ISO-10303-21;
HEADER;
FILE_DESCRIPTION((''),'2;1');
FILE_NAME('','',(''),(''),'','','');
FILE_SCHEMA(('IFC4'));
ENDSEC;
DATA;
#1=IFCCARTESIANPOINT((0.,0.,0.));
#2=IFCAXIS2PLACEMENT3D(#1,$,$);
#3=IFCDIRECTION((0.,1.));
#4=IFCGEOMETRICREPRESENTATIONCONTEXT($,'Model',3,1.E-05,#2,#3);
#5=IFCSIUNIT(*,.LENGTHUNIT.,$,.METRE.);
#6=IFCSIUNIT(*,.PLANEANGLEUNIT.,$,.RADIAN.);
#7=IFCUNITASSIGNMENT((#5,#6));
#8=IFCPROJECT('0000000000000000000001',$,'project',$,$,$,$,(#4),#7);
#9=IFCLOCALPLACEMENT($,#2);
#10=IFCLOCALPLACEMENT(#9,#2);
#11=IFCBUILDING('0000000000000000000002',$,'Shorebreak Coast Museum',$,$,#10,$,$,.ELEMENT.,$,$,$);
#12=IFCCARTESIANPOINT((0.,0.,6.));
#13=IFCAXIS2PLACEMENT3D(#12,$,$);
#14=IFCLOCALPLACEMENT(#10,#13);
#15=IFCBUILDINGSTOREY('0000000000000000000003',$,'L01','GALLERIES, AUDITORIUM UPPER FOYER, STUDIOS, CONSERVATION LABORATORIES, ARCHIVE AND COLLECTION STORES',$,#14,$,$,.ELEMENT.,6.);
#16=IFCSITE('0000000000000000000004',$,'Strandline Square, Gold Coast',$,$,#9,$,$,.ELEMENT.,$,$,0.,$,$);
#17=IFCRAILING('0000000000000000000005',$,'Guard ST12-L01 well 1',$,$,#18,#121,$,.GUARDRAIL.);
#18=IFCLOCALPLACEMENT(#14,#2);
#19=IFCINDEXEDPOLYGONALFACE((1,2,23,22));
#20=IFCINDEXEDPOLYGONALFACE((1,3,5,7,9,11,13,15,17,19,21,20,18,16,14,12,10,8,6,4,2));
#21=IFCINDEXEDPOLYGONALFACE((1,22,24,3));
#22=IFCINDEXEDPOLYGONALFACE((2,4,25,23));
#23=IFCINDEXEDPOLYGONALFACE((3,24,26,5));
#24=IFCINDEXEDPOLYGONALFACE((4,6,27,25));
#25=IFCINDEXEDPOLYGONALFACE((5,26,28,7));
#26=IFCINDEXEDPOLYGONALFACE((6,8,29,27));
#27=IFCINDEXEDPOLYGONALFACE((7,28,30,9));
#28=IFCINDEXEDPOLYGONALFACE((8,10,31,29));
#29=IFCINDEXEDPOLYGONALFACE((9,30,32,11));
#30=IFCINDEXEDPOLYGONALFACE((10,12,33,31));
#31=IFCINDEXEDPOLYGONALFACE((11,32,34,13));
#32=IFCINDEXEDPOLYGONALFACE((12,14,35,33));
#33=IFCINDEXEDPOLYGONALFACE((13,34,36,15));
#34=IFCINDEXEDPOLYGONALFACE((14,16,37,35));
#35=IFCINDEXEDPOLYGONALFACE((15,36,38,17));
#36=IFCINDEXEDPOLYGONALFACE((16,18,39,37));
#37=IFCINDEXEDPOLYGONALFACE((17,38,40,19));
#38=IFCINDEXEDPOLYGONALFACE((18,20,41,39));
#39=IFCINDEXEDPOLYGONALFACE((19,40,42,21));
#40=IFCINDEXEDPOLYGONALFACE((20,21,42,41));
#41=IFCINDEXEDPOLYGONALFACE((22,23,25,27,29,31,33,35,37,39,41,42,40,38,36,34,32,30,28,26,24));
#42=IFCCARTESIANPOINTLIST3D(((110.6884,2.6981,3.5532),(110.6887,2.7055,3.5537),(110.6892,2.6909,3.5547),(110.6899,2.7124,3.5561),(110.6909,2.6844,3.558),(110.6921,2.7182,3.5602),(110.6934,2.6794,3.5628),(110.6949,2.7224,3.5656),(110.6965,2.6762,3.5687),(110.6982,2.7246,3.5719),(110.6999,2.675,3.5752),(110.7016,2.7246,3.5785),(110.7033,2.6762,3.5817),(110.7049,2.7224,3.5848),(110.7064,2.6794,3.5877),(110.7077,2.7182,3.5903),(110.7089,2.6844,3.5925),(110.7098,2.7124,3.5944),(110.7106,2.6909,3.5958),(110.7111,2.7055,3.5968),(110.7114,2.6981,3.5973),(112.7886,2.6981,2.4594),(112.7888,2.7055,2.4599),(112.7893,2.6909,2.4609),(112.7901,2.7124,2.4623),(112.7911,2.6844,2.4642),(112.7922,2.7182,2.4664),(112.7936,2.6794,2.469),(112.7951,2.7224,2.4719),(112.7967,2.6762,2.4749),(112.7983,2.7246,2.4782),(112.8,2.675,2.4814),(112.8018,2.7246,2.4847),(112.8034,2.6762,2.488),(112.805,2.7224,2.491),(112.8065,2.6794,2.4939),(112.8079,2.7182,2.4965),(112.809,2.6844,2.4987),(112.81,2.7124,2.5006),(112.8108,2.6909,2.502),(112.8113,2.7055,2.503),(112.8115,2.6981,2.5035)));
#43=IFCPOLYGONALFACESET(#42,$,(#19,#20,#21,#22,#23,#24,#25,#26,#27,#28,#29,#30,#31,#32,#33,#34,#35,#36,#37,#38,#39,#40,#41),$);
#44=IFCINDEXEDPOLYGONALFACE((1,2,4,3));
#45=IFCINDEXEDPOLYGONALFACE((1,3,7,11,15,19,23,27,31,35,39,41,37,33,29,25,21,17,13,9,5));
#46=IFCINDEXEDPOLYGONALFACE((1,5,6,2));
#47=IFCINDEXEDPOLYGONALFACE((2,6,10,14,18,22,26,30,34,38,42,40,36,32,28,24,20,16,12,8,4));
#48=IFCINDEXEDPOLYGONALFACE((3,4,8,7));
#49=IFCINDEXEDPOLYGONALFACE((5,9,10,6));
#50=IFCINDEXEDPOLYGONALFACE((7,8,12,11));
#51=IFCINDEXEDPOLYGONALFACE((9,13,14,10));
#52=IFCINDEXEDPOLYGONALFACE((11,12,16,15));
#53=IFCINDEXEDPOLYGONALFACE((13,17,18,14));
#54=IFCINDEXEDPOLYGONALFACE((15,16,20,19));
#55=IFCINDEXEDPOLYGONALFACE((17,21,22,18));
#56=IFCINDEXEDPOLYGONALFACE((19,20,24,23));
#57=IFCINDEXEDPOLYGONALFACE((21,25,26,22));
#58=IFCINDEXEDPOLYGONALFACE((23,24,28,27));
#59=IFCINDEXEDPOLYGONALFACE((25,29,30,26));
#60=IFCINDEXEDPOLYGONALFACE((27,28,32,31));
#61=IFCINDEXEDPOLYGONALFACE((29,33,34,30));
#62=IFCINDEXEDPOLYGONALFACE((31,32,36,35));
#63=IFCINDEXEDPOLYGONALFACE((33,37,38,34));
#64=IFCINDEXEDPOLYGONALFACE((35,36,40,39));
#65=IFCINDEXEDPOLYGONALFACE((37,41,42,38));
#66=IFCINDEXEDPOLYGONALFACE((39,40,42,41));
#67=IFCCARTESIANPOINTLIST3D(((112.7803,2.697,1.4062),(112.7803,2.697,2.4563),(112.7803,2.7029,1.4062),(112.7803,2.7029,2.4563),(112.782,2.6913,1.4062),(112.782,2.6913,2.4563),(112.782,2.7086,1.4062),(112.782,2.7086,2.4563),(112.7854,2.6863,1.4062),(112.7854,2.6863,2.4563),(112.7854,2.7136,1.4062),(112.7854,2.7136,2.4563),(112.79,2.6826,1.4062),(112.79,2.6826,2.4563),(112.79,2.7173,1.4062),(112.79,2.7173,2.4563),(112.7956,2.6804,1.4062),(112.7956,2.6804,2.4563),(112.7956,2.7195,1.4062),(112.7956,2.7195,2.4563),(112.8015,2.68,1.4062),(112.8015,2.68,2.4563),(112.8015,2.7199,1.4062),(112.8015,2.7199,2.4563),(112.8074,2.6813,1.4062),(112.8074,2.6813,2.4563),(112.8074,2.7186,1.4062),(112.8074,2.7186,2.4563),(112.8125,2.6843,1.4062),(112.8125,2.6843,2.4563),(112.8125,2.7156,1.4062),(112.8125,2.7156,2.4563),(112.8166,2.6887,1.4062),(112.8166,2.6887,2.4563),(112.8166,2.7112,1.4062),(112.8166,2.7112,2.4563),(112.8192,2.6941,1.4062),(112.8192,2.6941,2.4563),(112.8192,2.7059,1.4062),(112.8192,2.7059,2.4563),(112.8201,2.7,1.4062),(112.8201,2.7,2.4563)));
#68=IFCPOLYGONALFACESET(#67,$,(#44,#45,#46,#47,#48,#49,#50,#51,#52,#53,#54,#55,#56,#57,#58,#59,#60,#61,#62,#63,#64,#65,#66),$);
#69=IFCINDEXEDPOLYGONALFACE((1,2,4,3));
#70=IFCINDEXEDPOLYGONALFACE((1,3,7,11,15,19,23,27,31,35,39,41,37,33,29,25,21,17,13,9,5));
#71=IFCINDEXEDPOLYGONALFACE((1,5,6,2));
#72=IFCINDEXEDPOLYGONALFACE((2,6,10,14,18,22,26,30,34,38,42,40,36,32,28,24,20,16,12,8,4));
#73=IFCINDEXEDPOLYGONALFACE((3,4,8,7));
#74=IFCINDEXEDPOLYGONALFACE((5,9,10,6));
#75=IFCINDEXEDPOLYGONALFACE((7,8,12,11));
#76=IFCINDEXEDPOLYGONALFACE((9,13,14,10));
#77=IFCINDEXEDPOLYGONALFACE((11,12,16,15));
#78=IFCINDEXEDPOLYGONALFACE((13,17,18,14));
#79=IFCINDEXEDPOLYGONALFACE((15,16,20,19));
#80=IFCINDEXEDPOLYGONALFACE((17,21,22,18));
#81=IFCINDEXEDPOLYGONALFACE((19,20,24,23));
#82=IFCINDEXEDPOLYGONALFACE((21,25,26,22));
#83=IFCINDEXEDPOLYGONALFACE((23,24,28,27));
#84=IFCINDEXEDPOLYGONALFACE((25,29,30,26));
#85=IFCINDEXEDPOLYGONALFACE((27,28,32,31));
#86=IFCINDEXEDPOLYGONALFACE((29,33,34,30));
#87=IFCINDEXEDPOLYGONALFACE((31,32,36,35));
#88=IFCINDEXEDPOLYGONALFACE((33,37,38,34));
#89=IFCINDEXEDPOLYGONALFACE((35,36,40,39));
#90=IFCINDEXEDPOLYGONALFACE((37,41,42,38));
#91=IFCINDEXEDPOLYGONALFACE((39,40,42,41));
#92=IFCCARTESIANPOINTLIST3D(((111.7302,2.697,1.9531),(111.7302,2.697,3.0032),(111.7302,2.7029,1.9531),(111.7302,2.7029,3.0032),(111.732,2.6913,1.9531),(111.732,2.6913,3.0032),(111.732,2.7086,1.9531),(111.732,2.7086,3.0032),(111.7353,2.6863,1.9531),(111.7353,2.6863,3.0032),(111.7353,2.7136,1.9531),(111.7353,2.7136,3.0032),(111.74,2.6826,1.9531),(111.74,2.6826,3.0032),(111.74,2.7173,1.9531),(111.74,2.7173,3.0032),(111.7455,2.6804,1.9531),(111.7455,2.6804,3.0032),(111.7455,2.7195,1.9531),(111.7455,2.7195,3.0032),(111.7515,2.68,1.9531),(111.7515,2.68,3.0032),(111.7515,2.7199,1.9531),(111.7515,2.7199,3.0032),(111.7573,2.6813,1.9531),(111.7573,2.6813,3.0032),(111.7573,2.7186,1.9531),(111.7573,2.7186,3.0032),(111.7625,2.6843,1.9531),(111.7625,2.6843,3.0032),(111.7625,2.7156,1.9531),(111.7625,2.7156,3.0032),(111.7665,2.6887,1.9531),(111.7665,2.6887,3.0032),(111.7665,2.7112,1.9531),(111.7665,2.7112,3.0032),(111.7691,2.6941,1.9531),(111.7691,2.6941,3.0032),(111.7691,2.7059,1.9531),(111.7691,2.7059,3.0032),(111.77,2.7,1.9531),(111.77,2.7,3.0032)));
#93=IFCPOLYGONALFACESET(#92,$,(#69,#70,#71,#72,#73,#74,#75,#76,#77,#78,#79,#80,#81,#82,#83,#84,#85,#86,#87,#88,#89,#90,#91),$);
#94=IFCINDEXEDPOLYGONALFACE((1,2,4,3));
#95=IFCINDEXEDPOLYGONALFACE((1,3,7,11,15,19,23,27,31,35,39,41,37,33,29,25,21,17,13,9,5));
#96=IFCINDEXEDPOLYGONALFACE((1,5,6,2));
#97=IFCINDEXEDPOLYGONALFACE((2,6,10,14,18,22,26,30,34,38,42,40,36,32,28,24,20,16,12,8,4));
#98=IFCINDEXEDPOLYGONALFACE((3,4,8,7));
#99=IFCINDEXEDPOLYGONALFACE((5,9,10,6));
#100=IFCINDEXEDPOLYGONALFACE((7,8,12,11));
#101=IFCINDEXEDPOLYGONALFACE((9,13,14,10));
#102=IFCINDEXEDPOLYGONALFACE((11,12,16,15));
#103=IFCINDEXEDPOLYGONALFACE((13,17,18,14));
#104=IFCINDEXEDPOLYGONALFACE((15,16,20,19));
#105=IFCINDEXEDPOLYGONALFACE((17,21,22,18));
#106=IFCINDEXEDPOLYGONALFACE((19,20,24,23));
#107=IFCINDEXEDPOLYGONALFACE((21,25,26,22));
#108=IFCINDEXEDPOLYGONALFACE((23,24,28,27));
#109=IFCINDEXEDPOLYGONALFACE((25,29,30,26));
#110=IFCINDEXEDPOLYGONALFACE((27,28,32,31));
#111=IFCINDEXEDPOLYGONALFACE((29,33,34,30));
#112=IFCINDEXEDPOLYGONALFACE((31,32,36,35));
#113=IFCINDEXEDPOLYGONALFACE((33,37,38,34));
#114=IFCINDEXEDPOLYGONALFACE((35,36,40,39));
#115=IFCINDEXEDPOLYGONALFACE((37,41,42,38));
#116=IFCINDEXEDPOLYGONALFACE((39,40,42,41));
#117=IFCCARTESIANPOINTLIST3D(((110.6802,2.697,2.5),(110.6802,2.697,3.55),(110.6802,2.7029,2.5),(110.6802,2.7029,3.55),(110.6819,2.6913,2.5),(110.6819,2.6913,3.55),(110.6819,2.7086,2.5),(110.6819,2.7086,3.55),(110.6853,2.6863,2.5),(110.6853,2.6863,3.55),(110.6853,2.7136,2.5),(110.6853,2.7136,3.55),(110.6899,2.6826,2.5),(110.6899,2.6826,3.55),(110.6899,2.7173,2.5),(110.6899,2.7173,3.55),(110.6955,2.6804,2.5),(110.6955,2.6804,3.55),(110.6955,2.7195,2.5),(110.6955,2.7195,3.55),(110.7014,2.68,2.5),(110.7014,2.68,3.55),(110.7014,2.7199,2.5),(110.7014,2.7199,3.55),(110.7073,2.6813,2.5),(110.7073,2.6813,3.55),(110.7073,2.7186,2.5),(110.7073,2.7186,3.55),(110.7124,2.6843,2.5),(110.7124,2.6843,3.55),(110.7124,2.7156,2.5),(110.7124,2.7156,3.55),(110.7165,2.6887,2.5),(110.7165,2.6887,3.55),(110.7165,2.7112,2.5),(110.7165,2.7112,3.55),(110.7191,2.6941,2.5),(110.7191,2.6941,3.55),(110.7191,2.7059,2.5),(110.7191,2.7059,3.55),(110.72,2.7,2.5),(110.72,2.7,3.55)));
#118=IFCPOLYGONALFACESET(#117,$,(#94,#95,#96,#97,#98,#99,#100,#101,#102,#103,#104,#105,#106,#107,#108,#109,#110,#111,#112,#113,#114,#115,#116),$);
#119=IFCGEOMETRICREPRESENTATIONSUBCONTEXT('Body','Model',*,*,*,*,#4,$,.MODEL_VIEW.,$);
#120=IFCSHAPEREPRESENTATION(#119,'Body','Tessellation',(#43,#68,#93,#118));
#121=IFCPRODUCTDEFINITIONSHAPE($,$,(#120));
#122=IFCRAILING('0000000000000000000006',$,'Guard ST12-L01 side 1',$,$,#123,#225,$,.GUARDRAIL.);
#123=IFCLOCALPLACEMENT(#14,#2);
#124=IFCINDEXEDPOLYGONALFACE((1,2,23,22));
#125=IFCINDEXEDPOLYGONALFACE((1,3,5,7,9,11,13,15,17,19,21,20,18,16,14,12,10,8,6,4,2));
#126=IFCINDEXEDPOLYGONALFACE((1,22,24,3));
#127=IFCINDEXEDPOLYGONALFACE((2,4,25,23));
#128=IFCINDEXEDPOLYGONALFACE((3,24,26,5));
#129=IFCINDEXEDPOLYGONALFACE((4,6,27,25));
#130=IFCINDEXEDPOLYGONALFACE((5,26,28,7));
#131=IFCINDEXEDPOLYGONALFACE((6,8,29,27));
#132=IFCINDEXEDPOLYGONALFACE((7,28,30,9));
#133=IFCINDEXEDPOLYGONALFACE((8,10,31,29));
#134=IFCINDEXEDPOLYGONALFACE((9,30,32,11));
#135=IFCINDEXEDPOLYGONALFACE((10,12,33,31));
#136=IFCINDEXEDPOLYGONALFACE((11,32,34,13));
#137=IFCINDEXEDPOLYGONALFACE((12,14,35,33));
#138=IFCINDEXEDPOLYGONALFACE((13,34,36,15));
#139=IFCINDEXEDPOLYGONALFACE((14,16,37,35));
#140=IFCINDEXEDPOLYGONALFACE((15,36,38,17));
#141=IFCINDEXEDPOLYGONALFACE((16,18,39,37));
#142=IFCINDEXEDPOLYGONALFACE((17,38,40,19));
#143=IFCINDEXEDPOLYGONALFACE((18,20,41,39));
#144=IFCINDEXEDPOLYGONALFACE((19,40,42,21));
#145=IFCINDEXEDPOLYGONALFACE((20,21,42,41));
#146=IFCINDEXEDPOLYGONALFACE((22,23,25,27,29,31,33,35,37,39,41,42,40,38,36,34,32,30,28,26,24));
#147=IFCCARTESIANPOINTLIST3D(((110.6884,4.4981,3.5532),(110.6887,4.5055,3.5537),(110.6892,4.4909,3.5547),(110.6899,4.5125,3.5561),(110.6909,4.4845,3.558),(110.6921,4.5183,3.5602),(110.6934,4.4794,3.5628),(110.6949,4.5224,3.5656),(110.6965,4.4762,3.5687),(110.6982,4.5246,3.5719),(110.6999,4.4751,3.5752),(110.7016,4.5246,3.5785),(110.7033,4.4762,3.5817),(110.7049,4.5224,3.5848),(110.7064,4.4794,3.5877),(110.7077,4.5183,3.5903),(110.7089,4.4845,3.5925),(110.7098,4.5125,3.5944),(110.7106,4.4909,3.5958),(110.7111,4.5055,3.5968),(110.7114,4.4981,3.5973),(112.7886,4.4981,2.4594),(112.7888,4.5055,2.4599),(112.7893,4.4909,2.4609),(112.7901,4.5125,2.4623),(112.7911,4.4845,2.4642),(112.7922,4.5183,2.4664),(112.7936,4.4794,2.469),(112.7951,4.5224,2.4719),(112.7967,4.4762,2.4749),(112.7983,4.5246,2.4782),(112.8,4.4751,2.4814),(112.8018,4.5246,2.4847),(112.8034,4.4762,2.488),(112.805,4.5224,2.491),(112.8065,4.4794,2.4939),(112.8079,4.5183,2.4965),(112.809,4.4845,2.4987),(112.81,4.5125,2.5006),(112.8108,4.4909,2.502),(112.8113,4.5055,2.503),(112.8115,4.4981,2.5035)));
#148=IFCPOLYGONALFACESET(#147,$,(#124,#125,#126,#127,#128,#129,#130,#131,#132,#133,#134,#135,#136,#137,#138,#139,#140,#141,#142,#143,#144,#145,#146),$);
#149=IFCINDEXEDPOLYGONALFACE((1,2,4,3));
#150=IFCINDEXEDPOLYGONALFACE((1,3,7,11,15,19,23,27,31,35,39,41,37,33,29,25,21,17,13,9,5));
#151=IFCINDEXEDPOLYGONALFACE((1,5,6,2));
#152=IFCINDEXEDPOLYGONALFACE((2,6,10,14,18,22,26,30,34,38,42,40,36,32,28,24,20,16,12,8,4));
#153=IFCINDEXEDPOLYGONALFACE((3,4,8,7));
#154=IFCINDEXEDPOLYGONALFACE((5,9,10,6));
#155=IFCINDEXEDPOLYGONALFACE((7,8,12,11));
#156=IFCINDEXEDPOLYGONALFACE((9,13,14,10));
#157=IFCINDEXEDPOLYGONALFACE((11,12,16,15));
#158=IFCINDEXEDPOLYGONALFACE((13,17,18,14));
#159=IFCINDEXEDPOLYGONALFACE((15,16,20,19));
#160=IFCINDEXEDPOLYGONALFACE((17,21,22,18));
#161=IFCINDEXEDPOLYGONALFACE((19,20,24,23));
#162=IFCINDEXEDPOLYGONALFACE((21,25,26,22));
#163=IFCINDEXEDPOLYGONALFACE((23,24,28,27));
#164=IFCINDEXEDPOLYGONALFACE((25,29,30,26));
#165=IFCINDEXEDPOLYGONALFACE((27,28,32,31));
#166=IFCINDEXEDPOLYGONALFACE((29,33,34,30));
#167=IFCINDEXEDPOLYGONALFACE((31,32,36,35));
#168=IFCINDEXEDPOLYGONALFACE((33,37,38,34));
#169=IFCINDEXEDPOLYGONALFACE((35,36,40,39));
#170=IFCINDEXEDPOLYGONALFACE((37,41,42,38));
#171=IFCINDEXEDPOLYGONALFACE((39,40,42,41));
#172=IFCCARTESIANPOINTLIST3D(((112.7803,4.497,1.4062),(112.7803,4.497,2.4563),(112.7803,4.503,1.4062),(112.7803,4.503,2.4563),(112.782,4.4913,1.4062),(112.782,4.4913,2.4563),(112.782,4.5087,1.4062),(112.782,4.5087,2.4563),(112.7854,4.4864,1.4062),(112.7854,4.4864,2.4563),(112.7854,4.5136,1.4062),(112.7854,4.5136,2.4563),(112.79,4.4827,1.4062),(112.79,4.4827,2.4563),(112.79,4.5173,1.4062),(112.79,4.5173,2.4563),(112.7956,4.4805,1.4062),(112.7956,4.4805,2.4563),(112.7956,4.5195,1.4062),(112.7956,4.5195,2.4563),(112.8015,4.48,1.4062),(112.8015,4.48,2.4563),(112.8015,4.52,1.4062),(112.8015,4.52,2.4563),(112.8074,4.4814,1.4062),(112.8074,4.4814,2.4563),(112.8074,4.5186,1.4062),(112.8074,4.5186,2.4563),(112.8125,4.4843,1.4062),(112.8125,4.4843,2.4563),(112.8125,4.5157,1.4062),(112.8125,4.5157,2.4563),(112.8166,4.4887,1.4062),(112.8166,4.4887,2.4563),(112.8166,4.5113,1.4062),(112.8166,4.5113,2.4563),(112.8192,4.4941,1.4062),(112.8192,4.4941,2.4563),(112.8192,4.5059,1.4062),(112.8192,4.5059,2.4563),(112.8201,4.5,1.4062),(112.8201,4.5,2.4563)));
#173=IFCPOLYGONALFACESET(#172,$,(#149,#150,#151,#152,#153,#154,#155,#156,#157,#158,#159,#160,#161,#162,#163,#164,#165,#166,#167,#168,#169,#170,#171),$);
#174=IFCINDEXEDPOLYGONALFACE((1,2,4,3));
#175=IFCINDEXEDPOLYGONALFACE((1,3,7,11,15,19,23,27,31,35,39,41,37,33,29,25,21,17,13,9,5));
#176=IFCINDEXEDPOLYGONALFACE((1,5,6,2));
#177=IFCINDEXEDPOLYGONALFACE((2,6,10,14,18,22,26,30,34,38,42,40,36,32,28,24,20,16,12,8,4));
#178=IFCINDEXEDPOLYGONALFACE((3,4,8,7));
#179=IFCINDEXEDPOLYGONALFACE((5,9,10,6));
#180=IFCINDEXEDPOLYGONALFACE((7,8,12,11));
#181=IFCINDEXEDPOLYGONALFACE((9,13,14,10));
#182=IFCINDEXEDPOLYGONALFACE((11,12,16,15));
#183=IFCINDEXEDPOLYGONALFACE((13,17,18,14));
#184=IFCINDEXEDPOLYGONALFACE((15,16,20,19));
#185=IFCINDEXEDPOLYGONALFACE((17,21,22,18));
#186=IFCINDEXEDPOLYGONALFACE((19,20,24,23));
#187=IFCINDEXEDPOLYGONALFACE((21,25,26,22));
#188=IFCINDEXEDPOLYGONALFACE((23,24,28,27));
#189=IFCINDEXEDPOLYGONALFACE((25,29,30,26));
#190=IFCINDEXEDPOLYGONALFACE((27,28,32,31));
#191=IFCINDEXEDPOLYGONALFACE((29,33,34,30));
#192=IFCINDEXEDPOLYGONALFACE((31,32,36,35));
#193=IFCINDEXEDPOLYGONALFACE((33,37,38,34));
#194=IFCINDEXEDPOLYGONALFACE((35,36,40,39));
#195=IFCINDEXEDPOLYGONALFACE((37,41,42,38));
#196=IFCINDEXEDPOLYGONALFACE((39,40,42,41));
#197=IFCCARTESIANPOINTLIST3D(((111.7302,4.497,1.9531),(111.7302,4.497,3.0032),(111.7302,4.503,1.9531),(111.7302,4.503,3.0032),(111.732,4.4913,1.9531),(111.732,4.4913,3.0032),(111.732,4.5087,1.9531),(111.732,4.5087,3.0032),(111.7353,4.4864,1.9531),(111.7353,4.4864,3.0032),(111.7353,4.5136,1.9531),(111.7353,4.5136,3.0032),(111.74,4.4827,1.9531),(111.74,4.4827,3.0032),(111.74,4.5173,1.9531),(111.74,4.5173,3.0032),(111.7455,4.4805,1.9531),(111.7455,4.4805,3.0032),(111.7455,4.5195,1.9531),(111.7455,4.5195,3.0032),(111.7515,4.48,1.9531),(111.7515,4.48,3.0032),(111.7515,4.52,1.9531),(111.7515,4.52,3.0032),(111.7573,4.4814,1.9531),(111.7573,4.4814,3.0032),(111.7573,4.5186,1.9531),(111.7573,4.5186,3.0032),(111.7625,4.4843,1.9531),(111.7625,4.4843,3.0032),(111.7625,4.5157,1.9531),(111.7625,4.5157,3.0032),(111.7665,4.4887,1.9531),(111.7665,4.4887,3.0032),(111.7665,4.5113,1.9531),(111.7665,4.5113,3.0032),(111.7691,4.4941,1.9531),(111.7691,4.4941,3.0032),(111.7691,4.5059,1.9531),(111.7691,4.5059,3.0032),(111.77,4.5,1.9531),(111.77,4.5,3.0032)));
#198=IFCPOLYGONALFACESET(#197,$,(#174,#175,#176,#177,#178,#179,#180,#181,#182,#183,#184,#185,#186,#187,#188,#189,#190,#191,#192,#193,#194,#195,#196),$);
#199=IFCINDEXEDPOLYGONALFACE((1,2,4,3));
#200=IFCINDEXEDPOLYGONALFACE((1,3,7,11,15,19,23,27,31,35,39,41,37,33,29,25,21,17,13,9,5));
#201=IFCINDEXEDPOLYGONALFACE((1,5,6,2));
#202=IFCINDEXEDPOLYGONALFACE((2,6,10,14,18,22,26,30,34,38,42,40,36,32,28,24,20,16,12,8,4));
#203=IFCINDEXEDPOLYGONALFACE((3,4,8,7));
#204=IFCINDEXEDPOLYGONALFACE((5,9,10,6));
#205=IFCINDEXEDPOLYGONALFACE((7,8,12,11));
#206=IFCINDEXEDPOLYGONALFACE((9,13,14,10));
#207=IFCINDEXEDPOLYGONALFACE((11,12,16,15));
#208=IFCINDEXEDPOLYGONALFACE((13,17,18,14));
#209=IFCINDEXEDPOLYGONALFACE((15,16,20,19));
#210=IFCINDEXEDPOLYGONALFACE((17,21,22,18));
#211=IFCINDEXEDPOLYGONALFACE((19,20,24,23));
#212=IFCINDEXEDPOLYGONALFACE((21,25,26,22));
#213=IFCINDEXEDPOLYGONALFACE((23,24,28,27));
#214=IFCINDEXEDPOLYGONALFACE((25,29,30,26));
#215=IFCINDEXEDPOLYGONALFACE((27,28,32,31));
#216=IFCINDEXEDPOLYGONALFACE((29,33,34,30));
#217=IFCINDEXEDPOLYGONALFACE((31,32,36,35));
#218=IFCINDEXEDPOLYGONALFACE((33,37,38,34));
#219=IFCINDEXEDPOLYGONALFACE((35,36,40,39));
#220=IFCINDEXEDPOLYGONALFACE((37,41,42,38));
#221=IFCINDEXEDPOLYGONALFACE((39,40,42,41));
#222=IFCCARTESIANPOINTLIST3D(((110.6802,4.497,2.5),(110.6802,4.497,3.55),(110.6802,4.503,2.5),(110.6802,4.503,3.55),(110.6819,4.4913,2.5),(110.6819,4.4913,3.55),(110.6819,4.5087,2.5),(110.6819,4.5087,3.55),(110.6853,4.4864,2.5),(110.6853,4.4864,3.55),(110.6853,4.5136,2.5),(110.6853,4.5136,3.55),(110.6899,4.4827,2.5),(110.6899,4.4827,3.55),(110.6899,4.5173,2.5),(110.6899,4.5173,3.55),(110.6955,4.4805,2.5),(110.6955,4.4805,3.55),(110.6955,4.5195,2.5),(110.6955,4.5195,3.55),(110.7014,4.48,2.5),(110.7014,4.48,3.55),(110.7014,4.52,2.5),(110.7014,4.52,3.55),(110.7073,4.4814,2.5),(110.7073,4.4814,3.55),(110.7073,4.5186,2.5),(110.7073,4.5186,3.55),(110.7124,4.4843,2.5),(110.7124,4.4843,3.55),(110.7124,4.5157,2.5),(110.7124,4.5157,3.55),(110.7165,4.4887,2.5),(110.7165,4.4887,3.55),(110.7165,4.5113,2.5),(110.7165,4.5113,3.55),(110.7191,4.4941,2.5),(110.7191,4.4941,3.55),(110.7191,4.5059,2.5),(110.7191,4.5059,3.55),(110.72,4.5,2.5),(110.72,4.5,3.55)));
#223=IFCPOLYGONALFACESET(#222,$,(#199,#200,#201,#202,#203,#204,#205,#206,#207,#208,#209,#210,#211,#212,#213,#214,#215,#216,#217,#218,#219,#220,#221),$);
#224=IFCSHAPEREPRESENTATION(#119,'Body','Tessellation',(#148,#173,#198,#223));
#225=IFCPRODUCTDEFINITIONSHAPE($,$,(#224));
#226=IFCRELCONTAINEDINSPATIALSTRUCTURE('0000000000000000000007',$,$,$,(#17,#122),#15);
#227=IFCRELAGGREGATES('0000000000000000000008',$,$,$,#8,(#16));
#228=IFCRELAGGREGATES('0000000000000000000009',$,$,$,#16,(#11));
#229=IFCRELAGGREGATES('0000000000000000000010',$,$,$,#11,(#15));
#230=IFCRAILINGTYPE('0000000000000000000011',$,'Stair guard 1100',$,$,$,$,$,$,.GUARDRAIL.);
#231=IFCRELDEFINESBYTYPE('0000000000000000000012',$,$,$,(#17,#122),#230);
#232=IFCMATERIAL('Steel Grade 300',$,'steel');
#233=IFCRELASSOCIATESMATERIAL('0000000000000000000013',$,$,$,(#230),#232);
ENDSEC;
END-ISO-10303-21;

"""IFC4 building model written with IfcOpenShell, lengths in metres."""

from ifc_helpers import new_model, si_unit, direction, frame, origin, origin_2d, place, context, subcontext, project, spatial, circle, extrude, material, type_object, element, save


model = new_model("IFC4")

# Units and contexts
model_context = context("Model", 3, precision=1e-05, world=origin(), true_north=direction((0.0, 1.0)))
body_context = subcontext(model_context, "Body", "Model", "MODEL_VIEW")
ifc_project = project(units=[si_unit("LENGTHUNIT", "METRE"), si_unit("PLANEANGLEUNIT", "RADIAN")], contexts=[model_context])

# Site, building, storey
site_placement = place(None, origin())
site = spatial("IfcSite", under=ifc_project, at=site_placement, Name="Strandline Square, Gold Coast", CompositionType="ELEMENT", RefElevation=0.0)
building_placement = place(site_placement, origin())
building = spatial("IfcBuilding", under=site, at=building_placement, Name="Shorebreak Coast Museum", CompositionType="ELEMENT")
storey_placement = place(building_placement, frame((0.0, 0.0, 6.0)))
storey = spatial("IfcBuildingStorey", under=building, at=storey_placement, Name="L01", Description="GALLERIES, AUDITORIUM UPPER FOYER, STUDIOS, CONSERVATION LABORATORIES, ARCHIVE AND COLLECTION STORES", CompositionType="ELEMENT", Elevation=6.0)

# Railings
ifc_material_1 = material(Name="Steel Grade 300", Category="steel")
railing_type_1 = type_object("IfcRailingType", Name="Stair guard 1100", PredefinedType="GUARDRAIL", material=ifc_material_1)
for number, where, name in (
    (1, (112.8, 2.7, 1.4062), "Guard ST12-L01 well 1"),
    (2, (112.8, 4.5, 1.4062), "Guard ST12-L01 side 1"),
):
    element("IfcRailing", number, at=place(storey_placement, frame(where)), inside=storey, type_object=railing_type_1, Name=name, PredefinedType="GUARDRAIL", context=body_context, shape_type="SweptSolid", body=[
        extrude(circle(Radius=0.0249, at=origin_2d()), frame((0.0, 0.0, 1.0752), z_axis=(-0.886923, 0.0, 0.461918), x_axis=(0.0, -1.0, 0.0)), (0.0, 0.0, 1.0), 2.3679),
        extrude(circle(Radius=0.02, at=origin_2d()), origin(), (0.0, 0.0, 1.0), 1.05),
        extrude(circle(Radius=0.02, at=origin_2d()), frame((-1.05, 0.0, 0.5469)), (0.0, 0.0, 1.0), 1.05),
        extrude(circle(Radius=0.02, at=origin_2d()), frame((-2.1001, 0.0, 1.0938)), (0.0, 0.0, 1.0), 1.05),
    ])

save(model, "model.ifc")
